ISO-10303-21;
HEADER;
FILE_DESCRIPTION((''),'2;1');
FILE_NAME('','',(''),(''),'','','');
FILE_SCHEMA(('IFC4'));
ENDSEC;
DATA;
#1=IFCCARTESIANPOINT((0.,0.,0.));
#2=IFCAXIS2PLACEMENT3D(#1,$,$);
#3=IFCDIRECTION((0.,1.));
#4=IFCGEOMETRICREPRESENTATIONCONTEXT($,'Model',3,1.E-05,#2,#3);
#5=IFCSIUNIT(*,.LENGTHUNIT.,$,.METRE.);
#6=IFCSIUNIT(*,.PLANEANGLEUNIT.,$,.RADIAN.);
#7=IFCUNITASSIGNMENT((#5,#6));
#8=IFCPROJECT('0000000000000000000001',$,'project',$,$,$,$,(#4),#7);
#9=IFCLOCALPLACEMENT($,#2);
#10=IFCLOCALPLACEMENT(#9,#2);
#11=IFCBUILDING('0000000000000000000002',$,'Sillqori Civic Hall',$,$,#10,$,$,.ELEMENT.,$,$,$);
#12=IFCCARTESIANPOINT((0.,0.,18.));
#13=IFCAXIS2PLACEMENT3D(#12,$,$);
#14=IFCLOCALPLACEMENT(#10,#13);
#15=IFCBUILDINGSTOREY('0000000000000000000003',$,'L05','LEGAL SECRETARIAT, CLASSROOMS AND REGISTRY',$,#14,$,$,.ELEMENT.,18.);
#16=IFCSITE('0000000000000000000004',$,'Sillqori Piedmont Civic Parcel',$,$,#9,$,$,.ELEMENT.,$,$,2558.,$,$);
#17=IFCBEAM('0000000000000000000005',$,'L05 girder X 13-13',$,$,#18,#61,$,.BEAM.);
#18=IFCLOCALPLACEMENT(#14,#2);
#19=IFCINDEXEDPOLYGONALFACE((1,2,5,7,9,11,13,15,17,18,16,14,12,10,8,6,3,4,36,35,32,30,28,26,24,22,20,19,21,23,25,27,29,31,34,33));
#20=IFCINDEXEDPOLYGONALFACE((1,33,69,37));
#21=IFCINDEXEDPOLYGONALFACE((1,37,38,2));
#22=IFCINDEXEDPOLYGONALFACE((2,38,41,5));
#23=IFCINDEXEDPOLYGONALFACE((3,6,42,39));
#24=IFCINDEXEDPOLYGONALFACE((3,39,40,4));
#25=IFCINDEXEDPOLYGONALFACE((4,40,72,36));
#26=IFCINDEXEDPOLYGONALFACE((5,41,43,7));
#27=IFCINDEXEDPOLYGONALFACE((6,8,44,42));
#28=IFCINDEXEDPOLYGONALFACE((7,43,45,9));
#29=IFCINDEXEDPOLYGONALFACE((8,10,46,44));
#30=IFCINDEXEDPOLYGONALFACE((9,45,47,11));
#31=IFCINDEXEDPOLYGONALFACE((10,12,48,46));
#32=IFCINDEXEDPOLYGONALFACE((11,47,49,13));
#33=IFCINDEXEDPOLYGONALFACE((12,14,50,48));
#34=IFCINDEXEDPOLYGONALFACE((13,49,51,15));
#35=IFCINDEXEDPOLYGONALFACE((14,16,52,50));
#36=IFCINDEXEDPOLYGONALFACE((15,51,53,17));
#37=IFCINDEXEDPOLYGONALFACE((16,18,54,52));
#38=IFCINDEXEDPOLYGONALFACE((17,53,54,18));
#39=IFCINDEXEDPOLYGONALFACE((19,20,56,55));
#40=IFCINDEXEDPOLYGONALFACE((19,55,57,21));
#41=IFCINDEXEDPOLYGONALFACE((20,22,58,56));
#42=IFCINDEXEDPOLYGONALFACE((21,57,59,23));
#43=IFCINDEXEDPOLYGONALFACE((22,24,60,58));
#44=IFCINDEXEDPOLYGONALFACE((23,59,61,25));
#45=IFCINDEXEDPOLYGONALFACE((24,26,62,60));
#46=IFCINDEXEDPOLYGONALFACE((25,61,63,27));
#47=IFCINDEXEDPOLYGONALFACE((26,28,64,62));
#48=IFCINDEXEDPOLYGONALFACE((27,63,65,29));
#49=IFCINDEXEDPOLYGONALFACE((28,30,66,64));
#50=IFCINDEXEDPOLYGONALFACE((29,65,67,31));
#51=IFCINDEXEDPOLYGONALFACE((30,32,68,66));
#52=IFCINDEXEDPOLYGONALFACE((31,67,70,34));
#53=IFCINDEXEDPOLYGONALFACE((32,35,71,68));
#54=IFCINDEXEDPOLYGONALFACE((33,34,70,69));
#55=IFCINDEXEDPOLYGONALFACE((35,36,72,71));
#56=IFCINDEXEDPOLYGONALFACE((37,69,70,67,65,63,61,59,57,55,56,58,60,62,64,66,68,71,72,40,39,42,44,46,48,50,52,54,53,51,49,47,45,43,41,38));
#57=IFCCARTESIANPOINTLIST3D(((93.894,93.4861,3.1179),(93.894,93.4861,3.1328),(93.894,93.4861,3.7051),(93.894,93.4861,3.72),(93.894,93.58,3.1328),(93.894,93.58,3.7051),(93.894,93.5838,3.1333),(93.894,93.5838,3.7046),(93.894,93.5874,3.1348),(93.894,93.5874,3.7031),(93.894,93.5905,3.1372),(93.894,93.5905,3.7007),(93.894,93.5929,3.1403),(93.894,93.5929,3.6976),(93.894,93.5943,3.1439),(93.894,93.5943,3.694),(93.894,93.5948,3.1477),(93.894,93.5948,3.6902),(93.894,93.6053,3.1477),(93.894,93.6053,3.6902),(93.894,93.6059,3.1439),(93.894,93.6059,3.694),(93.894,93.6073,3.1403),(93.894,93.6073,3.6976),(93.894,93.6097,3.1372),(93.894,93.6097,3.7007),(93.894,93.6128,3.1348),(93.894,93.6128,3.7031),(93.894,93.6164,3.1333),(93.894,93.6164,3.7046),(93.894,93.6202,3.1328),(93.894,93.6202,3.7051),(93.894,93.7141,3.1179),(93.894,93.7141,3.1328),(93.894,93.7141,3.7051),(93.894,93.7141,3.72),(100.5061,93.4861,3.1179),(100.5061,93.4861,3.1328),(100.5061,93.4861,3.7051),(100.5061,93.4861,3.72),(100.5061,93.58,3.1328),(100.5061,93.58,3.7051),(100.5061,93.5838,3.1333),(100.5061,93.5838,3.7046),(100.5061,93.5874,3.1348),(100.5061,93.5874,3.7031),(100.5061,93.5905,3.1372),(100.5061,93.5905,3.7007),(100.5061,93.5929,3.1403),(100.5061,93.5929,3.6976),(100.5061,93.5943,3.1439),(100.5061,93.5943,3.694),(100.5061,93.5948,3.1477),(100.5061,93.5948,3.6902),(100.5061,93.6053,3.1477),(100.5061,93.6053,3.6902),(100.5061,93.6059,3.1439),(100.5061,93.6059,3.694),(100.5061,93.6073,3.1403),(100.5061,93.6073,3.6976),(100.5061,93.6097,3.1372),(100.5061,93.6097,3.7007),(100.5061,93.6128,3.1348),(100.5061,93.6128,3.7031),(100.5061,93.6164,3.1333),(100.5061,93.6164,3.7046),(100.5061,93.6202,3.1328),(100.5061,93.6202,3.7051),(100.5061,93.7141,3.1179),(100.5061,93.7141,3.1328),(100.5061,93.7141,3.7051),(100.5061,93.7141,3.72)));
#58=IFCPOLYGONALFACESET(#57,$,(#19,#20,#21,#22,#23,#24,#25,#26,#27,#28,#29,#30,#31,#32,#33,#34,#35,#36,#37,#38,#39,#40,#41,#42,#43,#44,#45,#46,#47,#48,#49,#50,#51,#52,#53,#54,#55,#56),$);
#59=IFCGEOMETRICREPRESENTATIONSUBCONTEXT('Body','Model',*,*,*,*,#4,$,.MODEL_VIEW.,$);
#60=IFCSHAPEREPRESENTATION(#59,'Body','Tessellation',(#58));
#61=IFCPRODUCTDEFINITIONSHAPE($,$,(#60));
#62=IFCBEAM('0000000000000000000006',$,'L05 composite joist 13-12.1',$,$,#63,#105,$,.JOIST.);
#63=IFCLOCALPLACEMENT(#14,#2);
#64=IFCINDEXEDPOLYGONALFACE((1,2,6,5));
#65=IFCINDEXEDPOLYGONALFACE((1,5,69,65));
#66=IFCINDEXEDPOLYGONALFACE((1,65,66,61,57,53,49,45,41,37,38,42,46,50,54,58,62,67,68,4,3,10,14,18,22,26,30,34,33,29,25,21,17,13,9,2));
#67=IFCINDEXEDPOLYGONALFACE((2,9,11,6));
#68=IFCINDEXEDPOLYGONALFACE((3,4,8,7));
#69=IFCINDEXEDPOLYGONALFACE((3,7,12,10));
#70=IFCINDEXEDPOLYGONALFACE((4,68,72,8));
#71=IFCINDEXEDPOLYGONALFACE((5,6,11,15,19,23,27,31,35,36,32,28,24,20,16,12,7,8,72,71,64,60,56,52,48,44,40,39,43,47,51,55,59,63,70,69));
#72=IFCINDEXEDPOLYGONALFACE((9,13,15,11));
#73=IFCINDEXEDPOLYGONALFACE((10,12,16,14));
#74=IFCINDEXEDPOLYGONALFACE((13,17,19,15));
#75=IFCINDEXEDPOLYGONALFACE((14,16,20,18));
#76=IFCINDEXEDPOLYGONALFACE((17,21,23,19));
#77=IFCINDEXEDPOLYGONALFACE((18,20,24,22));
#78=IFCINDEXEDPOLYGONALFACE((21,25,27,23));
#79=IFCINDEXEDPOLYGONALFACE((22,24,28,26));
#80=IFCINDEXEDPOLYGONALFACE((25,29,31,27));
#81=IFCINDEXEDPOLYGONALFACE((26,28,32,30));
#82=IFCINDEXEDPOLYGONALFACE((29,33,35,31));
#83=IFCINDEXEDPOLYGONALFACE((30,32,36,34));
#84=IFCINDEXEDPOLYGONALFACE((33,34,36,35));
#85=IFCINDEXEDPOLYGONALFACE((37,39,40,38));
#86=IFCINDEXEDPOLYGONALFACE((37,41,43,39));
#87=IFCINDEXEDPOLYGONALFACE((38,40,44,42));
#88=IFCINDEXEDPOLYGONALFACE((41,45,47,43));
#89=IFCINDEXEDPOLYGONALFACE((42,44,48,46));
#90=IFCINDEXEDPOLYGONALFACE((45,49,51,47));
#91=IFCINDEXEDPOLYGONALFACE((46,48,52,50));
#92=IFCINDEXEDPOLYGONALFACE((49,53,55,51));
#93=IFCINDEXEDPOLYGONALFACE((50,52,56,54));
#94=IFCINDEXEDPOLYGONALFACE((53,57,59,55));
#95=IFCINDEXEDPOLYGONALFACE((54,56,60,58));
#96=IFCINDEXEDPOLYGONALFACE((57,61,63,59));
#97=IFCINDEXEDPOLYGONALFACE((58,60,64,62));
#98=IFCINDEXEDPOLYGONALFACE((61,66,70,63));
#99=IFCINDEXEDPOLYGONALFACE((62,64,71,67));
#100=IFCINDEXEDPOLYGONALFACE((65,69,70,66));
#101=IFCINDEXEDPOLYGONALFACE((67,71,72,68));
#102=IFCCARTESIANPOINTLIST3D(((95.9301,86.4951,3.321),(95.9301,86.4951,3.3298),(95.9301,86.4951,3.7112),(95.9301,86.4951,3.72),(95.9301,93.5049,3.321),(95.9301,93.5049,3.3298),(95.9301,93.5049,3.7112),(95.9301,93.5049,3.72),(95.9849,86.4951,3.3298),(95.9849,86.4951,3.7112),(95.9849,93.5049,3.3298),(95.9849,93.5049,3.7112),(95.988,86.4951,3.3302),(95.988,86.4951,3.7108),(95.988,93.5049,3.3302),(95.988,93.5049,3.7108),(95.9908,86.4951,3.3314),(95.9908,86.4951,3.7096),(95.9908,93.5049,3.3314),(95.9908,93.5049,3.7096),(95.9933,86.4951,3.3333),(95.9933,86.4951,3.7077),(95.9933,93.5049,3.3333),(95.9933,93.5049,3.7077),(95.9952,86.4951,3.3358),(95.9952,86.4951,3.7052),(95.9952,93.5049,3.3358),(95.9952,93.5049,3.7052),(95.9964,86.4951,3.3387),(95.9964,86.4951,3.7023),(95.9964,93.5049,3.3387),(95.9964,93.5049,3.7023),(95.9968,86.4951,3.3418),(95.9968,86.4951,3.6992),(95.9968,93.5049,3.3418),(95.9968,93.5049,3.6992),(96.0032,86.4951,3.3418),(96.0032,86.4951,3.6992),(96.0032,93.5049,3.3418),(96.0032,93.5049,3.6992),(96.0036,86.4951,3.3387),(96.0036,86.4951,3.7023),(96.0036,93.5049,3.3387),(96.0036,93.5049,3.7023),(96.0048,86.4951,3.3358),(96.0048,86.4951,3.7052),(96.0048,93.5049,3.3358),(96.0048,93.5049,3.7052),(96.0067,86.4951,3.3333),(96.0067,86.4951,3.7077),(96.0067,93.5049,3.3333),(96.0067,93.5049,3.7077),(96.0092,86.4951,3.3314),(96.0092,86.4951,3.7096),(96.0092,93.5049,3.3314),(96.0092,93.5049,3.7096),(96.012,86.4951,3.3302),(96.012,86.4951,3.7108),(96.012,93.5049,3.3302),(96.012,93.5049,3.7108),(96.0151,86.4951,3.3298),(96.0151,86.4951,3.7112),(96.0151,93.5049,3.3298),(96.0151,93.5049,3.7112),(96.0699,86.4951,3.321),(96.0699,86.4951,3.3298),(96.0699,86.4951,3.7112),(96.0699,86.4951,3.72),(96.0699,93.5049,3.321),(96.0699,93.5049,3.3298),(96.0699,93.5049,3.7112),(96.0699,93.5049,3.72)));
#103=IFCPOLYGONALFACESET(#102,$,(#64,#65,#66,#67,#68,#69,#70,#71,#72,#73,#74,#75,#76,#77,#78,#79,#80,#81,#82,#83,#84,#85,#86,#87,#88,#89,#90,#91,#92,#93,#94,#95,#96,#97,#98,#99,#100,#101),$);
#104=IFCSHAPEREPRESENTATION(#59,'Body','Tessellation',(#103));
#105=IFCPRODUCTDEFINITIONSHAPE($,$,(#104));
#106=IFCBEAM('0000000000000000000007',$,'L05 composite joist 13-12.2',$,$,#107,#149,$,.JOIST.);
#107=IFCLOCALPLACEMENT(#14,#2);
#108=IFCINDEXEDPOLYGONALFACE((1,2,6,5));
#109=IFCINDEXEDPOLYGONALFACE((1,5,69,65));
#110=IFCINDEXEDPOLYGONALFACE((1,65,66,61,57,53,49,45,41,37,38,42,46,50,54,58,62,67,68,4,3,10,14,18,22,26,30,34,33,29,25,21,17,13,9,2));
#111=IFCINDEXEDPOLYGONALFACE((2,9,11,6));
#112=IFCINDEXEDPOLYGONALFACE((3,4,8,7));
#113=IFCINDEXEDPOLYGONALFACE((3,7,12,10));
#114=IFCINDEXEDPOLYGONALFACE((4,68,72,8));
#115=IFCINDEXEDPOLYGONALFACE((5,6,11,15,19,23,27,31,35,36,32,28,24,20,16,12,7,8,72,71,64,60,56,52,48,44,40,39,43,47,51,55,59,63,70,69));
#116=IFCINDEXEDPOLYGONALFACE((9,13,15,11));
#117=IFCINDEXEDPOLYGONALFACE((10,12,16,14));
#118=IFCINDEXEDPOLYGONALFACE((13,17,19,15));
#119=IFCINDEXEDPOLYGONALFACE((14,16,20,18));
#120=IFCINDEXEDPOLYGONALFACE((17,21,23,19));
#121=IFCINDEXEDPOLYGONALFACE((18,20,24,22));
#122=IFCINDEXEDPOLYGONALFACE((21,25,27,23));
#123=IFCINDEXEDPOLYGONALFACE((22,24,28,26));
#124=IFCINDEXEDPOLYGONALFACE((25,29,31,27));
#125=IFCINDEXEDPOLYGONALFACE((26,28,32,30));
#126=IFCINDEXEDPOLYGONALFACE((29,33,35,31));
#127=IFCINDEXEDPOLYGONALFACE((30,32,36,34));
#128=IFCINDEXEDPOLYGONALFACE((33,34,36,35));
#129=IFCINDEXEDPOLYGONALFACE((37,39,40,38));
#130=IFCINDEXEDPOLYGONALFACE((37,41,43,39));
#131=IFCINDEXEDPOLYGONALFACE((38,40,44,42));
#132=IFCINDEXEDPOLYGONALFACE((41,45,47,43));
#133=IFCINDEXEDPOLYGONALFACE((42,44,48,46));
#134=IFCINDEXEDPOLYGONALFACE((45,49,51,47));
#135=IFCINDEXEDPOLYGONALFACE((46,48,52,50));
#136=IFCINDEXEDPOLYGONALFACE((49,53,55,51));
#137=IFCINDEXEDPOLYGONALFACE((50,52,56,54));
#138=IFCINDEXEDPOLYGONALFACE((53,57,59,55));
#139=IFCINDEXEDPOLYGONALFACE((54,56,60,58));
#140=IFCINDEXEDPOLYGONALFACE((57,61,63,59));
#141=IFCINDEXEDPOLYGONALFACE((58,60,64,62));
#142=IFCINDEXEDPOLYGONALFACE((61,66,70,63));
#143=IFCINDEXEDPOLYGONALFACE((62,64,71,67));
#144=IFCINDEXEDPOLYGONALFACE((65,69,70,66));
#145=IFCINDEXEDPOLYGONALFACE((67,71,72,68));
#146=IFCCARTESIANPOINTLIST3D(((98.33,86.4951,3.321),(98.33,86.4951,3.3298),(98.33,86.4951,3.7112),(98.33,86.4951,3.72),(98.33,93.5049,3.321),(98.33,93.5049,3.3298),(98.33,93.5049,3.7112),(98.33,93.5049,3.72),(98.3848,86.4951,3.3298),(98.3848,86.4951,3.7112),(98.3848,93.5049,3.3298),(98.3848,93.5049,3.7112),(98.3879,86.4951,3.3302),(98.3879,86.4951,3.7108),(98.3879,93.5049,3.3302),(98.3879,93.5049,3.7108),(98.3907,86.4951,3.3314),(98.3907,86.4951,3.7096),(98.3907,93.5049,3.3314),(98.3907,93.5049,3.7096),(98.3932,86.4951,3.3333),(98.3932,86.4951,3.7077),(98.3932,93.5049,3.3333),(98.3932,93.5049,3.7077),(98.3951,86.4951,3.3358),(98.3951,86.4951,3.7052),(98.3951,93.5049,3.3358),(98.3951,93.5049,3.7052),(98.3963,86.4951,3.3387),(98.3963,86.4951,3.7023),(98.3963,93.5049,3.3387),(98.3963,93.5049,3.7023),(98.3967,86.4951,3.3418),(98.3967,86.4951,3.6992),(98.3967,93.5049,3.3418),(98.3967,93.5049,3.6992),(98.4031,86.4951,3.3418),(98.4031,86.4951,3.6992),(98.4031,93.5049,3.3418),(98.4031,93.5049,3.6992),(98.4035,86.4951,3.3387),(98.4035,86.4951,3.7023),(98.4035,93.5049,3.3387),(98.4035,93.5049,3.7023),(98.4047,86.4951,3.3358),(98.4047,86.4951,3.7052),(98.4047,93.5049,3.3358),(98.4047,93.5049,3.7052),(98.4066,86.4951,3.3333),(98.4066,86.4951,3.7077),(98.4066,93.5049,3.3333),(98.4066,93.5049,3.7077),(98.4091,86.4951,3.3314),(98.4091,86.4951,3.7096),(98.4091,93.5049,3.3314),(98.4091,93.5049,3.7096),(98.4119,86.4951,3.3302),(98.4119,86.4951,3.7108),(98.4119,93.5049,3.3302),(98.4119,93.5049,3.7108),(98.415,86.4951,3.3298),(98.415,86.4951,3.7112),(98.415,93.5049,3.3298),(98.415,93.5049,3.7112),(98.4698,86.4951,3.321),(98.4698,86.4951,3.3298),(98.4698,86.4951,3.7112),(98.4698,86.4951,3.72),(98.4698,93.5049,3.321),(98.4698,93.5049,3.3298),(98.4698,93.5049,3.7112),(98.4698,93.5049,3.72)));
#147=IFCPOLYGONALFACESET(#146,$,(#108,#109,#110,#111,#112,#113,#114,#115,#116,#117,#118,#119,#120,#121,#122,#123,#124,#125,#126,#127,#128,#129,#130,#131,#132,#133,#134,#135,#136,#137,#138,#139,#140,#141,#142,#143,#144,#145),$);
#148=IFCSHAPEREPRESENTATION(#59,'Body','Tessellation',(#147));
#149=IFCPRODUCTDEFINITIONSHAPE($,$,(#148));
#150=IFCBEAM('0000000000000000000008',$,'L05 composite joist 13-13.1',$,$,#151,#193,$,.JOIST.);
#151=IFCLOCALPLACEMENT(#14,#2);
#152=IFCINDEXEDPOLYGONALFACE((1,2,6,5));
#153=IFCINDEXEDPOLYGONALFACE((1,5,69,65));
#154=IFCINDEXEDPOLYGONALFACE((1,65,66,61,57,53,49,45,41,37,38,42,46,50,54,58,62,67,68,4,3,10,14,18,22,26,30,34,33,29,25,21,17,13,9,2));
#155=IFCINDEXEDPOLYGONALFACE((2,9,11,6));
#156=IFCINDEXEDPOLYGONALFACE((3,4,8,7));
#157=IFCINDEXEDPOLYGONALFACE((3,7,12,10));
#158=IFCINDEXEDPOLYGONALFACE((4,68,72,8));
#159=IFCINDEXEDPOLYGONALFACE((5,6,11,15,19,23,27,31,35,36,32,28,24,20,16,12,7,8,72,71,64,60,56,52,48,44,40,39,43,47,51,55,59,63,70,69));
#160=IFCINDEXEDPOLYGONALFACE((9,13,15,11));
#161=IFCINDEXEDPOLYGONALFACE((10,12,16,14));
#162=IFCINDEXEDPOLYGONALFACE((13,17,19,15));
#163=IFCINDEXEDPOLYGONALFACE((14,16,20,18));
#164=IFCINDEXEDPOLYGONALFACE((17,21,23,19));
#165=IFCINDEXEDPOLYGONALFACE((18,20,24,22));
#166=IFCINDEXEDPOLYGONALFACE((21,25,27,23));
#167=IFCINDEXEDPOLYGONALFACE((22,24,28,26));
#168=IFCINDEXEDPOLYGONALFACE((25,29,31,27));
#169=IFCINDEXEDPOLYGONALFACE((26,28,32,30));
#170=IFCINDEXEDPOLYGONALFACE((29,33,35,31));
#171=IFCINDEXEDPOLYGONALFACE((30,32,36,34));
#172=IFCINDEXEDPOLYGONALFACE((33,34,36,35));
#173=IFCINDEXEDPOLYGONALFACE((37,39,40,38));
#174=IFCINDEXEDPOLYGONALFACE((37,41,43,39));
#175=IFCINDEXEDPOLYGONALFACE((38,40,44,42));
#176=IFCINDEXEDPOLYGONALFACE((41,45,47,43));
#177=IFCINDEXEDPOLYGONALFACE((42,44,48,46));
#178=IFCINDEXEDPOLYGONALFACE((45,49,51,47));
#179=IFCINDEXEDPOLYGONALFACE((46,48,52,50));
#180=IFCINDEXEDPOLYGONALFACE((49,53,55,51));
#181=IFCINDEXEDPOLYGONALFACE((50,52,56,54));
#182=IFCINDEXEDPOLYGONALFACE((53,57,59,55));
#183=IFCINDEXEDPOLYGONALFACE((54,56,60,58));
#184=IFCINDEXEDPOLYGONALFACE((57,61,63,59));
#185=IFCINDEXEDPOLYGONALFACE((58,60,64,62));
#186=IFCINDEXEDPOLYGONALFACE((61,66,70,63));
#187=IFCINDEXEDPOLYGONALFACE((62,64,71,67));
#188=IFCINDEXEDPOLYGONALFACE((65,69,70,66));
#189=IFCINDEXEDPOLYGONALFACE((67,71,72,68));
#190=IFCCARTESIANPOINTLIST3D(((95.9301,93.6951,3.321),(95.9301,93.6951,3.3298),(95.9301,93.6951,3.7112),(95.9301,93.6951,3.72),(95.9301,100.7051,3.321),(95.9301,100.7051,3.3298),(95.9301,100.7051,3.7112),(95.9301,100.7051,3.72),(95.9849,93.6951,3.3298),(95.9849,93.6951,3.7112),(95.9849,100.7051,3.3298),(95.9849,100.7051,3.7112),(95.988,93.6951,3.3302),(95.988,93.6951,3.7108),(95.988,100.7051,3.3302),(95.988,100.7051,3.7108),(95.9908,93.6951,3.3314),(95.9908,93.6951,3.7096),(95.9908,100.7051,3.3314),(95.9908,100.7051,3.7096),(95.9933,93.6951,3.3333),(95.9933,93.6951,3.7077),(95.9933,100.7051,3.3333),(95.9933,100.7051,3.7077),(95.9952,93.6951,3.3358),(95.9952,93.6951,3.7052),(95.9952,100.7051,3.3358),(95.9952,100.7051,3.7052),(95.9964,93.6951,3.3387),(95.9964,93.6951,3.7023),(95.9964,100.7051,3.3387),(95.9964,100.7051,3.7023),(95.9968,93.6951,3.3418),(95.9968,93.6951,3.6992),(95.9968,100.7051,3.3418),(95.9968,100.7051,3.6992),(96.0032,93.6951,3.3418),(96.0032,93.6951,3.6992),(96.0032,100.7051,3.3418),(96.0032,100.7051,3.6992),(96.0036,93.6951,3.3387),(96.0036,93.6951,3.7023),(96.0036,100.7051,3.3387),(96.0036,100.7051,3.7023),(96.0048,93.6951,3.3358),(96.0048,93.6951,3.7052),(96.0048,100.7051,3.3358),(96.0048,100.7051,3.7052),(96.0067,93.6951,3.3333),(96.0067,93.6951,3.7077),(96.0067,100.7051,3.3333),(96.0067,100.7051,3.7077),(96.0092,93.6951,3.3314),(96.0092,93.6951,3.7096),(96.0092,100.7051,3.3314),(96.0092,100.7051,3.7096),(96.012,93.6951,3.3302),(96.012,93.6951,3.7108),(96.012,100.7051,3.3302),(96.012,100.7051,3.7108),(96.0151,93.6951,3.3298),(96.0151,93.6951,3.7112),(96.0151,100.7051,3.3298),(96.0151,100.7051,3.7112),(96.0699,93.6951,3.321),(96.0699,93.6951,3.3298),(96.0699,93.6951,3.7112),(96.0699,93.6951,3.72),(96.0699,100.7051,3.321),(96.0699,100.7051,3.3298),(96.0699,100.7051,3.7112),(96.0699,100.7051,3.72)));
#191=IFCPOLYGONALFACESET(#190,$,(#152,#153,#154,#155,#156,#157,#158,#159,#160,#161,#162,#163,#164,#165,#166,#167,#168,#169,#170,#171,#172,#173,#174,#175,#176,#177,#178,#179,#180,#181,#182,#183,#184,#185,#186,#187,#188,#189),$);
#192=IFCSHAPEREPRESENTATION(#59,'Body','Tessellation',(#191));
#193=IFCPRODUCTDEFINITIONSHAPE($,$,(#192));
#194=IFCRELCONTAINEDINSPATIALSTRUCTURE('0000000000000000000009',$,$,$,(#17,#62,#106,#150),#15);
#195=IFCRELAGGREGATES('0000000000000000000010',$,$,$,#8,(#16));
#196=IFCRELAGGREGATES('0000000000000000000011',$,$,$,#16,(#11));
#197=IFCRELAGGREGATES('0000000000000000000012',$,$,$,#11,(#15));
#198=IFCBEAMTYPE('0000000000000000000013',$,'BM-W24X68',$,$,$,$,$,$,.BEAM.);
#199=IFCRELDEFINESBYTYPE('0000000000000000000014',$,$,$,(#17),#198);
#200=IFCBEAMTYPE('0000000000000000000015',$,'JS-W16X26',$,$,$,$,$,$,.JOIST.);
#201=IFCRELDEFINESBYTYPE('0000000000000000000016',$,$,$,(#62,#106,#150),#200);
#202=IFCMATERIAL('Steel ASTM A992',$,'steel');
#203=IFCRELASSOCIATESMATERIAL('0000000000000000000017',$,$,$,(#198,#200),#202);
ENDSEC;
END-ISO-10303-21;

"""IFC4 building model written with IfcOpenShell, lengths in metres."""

from ifc_helpers import new_model, si_unit, direction, frame, origin, origin_2d, place, context, subcontext, project, spatial, i_section, extrude, material, material_profile, profile_set, type_object, element, save


model = new_model("IFC4")

# Units and contexts
model_context = context("Model", 3, precision=1e-05, world=origin(), true_north=direction((0.0, 1.0)))
body_context = subcontext(model_context, "Body", "Model", "MODEL_VIEW")
ifc_project = project(units=[si_unit("LENGTHUNIT", "METRE"), si_unit("PLANEANGLEUNIT", "RADIAN")], contexts=[model_context])

# Site, building, storey
site_placement = place(None, origin())
site = spatial("IfcSite", under=ifc_project, at=site_placement, Name="Sillqori Piedmont Civic Parcel", CompositionType="ELEMENT", RefElevation=2558.0)
building_placement = place(site_placement, origin())
building = spatial("IfcBuilding", under=site, at=building_placement, Name="Sillqori Civic Hall", CompositionType="ELEMENT")
storey_placement = place(building_placement, frame((0.0, 0.0, 18.0)))
storey = spatial("IfcBuildingStorey", under=building, at=storey_placement, Name="L05", Description="LEGAL SECRETARIAT, CLASSROOMS AND REGISTRY", CompositionType="ELEMENT", Elevation=18.0)

# Shared definitions
ifc_material_1 = material(Name="Steel ASTM A992", Category="steel")

# Beams
ifc_material_profile_1 = material_profile(ifc_material_1, i_section(OverallWidth=0.228, OverallDepth=0.6021, WebThickness=0.0105, FlangeThickness=0.0149, FilletRadius=0.0149, at=origin_2d()), Name="W24X68")
ifc_profile_set_1 = profile_set([ifc_material_profile_1], Name="Steel ASTM A992")
beam_type_1 = type_object("IfcBeamType", Name="BM-W24X68", PredefinedType="BEAM", material=ifc_profile_set_1)
beam_1_placement = place(storey_placement, frame((93.894, 93.6001, 3.4189), z_axis=(1.0, 0.0, 0.0), x_axis=(0.0, 1.0, 0.0)))
element("IfcBeam", 1, at=beam_1_placement, inside=storey, type_object=beam_type_1, Name="L05 girder X 13-13", PredefinedType="BEAM", context=body_context, shape_type="SweptSolid", body=[
    extrude(i_section(OverallWidth=0.228, OverallDepth=0.6021, WebThickness=0.0105, FlangeThickness=0.0149, FilletRadius=0.0149, at=origin_2d()), origin(), (0.0, 0.0, 1.0), 6.6121),
])
ifc_material_profile_2 = material_profile(ifc_material_1, i_section(OverallWidth=0.1399, OverallDepth=0.3989, WebThickness=0.0063, FlangeThickness=0.0088, FilletRadius=0.012, at=origin_2d()), Name="W16X26")
ifc_profile_set_2 = profile_set([ifc_material_profile_2], Name="Steel ASTM A992")
beam_type_2 = type_object("IfcBeamType", Name="JS-W16X26", PredefinedType="JOIST", material=ifc_profile_set_2)
for number, where, z_axis, x_axis, name in (
    (2, (96.0, 86.4951, 3.5205), (0.0, 1.0, 0.0), (-1.0, 0.0, 0.0), "L05 composite joist 13-12.1"),
    (3, (98.3999, 86.4951, 3.5205), (0.0, 1.0, 0.0), (-1.0, 0.0, 0.0), "L05 composite joist 13-12.2"),
):
    element("IfcBeam", number, at=place(storey_placement, frame(where, z_axis=z_axis, x_axis=x_axis)), inside=storey, type_object=beam_type_2, Name=name, PredefinedType="JOIST", context=body_context, shape_type="SweptSolid", body=[
        extrude(i_section(OverallWidth=0.1399, OverallDepth=0.3989, WebThickness=0.0063, FlangeThickness=0.0088, FilletRadius=0.012, at=origin_2d()), origin(), (0.0, 0.0, 1.0), 7.0098),
    ])
for number, where, z_axis, x_axis, name in (
    (4, (96.0, 93.6951, 3.5205), (0.0, 1.0, 0.0), (-1.0, 0.0, 0.0), "L05 composite joist 13-13.1"),
):
    element("IfcBeam", number, at=place(storey_placement, frame(where, z_axis=z_axis, x_axis=x_axis)), inside=storey, type_object=beam_type_2, Name=name, PredefinedType="JOIST", context=body_context, shape_type="SweptSolid", body=[
        extrude(i_section(OverallWidth=0.1399, OverallDepth=0.3989, WebThickness=0.0063, FlangeThickness=0.0088, FilletRadius=0.012, at=origin_2d()), origin(), (0.0, 0.0, 1.0), 7.01),
    ])

save(model, "model.ifc")
